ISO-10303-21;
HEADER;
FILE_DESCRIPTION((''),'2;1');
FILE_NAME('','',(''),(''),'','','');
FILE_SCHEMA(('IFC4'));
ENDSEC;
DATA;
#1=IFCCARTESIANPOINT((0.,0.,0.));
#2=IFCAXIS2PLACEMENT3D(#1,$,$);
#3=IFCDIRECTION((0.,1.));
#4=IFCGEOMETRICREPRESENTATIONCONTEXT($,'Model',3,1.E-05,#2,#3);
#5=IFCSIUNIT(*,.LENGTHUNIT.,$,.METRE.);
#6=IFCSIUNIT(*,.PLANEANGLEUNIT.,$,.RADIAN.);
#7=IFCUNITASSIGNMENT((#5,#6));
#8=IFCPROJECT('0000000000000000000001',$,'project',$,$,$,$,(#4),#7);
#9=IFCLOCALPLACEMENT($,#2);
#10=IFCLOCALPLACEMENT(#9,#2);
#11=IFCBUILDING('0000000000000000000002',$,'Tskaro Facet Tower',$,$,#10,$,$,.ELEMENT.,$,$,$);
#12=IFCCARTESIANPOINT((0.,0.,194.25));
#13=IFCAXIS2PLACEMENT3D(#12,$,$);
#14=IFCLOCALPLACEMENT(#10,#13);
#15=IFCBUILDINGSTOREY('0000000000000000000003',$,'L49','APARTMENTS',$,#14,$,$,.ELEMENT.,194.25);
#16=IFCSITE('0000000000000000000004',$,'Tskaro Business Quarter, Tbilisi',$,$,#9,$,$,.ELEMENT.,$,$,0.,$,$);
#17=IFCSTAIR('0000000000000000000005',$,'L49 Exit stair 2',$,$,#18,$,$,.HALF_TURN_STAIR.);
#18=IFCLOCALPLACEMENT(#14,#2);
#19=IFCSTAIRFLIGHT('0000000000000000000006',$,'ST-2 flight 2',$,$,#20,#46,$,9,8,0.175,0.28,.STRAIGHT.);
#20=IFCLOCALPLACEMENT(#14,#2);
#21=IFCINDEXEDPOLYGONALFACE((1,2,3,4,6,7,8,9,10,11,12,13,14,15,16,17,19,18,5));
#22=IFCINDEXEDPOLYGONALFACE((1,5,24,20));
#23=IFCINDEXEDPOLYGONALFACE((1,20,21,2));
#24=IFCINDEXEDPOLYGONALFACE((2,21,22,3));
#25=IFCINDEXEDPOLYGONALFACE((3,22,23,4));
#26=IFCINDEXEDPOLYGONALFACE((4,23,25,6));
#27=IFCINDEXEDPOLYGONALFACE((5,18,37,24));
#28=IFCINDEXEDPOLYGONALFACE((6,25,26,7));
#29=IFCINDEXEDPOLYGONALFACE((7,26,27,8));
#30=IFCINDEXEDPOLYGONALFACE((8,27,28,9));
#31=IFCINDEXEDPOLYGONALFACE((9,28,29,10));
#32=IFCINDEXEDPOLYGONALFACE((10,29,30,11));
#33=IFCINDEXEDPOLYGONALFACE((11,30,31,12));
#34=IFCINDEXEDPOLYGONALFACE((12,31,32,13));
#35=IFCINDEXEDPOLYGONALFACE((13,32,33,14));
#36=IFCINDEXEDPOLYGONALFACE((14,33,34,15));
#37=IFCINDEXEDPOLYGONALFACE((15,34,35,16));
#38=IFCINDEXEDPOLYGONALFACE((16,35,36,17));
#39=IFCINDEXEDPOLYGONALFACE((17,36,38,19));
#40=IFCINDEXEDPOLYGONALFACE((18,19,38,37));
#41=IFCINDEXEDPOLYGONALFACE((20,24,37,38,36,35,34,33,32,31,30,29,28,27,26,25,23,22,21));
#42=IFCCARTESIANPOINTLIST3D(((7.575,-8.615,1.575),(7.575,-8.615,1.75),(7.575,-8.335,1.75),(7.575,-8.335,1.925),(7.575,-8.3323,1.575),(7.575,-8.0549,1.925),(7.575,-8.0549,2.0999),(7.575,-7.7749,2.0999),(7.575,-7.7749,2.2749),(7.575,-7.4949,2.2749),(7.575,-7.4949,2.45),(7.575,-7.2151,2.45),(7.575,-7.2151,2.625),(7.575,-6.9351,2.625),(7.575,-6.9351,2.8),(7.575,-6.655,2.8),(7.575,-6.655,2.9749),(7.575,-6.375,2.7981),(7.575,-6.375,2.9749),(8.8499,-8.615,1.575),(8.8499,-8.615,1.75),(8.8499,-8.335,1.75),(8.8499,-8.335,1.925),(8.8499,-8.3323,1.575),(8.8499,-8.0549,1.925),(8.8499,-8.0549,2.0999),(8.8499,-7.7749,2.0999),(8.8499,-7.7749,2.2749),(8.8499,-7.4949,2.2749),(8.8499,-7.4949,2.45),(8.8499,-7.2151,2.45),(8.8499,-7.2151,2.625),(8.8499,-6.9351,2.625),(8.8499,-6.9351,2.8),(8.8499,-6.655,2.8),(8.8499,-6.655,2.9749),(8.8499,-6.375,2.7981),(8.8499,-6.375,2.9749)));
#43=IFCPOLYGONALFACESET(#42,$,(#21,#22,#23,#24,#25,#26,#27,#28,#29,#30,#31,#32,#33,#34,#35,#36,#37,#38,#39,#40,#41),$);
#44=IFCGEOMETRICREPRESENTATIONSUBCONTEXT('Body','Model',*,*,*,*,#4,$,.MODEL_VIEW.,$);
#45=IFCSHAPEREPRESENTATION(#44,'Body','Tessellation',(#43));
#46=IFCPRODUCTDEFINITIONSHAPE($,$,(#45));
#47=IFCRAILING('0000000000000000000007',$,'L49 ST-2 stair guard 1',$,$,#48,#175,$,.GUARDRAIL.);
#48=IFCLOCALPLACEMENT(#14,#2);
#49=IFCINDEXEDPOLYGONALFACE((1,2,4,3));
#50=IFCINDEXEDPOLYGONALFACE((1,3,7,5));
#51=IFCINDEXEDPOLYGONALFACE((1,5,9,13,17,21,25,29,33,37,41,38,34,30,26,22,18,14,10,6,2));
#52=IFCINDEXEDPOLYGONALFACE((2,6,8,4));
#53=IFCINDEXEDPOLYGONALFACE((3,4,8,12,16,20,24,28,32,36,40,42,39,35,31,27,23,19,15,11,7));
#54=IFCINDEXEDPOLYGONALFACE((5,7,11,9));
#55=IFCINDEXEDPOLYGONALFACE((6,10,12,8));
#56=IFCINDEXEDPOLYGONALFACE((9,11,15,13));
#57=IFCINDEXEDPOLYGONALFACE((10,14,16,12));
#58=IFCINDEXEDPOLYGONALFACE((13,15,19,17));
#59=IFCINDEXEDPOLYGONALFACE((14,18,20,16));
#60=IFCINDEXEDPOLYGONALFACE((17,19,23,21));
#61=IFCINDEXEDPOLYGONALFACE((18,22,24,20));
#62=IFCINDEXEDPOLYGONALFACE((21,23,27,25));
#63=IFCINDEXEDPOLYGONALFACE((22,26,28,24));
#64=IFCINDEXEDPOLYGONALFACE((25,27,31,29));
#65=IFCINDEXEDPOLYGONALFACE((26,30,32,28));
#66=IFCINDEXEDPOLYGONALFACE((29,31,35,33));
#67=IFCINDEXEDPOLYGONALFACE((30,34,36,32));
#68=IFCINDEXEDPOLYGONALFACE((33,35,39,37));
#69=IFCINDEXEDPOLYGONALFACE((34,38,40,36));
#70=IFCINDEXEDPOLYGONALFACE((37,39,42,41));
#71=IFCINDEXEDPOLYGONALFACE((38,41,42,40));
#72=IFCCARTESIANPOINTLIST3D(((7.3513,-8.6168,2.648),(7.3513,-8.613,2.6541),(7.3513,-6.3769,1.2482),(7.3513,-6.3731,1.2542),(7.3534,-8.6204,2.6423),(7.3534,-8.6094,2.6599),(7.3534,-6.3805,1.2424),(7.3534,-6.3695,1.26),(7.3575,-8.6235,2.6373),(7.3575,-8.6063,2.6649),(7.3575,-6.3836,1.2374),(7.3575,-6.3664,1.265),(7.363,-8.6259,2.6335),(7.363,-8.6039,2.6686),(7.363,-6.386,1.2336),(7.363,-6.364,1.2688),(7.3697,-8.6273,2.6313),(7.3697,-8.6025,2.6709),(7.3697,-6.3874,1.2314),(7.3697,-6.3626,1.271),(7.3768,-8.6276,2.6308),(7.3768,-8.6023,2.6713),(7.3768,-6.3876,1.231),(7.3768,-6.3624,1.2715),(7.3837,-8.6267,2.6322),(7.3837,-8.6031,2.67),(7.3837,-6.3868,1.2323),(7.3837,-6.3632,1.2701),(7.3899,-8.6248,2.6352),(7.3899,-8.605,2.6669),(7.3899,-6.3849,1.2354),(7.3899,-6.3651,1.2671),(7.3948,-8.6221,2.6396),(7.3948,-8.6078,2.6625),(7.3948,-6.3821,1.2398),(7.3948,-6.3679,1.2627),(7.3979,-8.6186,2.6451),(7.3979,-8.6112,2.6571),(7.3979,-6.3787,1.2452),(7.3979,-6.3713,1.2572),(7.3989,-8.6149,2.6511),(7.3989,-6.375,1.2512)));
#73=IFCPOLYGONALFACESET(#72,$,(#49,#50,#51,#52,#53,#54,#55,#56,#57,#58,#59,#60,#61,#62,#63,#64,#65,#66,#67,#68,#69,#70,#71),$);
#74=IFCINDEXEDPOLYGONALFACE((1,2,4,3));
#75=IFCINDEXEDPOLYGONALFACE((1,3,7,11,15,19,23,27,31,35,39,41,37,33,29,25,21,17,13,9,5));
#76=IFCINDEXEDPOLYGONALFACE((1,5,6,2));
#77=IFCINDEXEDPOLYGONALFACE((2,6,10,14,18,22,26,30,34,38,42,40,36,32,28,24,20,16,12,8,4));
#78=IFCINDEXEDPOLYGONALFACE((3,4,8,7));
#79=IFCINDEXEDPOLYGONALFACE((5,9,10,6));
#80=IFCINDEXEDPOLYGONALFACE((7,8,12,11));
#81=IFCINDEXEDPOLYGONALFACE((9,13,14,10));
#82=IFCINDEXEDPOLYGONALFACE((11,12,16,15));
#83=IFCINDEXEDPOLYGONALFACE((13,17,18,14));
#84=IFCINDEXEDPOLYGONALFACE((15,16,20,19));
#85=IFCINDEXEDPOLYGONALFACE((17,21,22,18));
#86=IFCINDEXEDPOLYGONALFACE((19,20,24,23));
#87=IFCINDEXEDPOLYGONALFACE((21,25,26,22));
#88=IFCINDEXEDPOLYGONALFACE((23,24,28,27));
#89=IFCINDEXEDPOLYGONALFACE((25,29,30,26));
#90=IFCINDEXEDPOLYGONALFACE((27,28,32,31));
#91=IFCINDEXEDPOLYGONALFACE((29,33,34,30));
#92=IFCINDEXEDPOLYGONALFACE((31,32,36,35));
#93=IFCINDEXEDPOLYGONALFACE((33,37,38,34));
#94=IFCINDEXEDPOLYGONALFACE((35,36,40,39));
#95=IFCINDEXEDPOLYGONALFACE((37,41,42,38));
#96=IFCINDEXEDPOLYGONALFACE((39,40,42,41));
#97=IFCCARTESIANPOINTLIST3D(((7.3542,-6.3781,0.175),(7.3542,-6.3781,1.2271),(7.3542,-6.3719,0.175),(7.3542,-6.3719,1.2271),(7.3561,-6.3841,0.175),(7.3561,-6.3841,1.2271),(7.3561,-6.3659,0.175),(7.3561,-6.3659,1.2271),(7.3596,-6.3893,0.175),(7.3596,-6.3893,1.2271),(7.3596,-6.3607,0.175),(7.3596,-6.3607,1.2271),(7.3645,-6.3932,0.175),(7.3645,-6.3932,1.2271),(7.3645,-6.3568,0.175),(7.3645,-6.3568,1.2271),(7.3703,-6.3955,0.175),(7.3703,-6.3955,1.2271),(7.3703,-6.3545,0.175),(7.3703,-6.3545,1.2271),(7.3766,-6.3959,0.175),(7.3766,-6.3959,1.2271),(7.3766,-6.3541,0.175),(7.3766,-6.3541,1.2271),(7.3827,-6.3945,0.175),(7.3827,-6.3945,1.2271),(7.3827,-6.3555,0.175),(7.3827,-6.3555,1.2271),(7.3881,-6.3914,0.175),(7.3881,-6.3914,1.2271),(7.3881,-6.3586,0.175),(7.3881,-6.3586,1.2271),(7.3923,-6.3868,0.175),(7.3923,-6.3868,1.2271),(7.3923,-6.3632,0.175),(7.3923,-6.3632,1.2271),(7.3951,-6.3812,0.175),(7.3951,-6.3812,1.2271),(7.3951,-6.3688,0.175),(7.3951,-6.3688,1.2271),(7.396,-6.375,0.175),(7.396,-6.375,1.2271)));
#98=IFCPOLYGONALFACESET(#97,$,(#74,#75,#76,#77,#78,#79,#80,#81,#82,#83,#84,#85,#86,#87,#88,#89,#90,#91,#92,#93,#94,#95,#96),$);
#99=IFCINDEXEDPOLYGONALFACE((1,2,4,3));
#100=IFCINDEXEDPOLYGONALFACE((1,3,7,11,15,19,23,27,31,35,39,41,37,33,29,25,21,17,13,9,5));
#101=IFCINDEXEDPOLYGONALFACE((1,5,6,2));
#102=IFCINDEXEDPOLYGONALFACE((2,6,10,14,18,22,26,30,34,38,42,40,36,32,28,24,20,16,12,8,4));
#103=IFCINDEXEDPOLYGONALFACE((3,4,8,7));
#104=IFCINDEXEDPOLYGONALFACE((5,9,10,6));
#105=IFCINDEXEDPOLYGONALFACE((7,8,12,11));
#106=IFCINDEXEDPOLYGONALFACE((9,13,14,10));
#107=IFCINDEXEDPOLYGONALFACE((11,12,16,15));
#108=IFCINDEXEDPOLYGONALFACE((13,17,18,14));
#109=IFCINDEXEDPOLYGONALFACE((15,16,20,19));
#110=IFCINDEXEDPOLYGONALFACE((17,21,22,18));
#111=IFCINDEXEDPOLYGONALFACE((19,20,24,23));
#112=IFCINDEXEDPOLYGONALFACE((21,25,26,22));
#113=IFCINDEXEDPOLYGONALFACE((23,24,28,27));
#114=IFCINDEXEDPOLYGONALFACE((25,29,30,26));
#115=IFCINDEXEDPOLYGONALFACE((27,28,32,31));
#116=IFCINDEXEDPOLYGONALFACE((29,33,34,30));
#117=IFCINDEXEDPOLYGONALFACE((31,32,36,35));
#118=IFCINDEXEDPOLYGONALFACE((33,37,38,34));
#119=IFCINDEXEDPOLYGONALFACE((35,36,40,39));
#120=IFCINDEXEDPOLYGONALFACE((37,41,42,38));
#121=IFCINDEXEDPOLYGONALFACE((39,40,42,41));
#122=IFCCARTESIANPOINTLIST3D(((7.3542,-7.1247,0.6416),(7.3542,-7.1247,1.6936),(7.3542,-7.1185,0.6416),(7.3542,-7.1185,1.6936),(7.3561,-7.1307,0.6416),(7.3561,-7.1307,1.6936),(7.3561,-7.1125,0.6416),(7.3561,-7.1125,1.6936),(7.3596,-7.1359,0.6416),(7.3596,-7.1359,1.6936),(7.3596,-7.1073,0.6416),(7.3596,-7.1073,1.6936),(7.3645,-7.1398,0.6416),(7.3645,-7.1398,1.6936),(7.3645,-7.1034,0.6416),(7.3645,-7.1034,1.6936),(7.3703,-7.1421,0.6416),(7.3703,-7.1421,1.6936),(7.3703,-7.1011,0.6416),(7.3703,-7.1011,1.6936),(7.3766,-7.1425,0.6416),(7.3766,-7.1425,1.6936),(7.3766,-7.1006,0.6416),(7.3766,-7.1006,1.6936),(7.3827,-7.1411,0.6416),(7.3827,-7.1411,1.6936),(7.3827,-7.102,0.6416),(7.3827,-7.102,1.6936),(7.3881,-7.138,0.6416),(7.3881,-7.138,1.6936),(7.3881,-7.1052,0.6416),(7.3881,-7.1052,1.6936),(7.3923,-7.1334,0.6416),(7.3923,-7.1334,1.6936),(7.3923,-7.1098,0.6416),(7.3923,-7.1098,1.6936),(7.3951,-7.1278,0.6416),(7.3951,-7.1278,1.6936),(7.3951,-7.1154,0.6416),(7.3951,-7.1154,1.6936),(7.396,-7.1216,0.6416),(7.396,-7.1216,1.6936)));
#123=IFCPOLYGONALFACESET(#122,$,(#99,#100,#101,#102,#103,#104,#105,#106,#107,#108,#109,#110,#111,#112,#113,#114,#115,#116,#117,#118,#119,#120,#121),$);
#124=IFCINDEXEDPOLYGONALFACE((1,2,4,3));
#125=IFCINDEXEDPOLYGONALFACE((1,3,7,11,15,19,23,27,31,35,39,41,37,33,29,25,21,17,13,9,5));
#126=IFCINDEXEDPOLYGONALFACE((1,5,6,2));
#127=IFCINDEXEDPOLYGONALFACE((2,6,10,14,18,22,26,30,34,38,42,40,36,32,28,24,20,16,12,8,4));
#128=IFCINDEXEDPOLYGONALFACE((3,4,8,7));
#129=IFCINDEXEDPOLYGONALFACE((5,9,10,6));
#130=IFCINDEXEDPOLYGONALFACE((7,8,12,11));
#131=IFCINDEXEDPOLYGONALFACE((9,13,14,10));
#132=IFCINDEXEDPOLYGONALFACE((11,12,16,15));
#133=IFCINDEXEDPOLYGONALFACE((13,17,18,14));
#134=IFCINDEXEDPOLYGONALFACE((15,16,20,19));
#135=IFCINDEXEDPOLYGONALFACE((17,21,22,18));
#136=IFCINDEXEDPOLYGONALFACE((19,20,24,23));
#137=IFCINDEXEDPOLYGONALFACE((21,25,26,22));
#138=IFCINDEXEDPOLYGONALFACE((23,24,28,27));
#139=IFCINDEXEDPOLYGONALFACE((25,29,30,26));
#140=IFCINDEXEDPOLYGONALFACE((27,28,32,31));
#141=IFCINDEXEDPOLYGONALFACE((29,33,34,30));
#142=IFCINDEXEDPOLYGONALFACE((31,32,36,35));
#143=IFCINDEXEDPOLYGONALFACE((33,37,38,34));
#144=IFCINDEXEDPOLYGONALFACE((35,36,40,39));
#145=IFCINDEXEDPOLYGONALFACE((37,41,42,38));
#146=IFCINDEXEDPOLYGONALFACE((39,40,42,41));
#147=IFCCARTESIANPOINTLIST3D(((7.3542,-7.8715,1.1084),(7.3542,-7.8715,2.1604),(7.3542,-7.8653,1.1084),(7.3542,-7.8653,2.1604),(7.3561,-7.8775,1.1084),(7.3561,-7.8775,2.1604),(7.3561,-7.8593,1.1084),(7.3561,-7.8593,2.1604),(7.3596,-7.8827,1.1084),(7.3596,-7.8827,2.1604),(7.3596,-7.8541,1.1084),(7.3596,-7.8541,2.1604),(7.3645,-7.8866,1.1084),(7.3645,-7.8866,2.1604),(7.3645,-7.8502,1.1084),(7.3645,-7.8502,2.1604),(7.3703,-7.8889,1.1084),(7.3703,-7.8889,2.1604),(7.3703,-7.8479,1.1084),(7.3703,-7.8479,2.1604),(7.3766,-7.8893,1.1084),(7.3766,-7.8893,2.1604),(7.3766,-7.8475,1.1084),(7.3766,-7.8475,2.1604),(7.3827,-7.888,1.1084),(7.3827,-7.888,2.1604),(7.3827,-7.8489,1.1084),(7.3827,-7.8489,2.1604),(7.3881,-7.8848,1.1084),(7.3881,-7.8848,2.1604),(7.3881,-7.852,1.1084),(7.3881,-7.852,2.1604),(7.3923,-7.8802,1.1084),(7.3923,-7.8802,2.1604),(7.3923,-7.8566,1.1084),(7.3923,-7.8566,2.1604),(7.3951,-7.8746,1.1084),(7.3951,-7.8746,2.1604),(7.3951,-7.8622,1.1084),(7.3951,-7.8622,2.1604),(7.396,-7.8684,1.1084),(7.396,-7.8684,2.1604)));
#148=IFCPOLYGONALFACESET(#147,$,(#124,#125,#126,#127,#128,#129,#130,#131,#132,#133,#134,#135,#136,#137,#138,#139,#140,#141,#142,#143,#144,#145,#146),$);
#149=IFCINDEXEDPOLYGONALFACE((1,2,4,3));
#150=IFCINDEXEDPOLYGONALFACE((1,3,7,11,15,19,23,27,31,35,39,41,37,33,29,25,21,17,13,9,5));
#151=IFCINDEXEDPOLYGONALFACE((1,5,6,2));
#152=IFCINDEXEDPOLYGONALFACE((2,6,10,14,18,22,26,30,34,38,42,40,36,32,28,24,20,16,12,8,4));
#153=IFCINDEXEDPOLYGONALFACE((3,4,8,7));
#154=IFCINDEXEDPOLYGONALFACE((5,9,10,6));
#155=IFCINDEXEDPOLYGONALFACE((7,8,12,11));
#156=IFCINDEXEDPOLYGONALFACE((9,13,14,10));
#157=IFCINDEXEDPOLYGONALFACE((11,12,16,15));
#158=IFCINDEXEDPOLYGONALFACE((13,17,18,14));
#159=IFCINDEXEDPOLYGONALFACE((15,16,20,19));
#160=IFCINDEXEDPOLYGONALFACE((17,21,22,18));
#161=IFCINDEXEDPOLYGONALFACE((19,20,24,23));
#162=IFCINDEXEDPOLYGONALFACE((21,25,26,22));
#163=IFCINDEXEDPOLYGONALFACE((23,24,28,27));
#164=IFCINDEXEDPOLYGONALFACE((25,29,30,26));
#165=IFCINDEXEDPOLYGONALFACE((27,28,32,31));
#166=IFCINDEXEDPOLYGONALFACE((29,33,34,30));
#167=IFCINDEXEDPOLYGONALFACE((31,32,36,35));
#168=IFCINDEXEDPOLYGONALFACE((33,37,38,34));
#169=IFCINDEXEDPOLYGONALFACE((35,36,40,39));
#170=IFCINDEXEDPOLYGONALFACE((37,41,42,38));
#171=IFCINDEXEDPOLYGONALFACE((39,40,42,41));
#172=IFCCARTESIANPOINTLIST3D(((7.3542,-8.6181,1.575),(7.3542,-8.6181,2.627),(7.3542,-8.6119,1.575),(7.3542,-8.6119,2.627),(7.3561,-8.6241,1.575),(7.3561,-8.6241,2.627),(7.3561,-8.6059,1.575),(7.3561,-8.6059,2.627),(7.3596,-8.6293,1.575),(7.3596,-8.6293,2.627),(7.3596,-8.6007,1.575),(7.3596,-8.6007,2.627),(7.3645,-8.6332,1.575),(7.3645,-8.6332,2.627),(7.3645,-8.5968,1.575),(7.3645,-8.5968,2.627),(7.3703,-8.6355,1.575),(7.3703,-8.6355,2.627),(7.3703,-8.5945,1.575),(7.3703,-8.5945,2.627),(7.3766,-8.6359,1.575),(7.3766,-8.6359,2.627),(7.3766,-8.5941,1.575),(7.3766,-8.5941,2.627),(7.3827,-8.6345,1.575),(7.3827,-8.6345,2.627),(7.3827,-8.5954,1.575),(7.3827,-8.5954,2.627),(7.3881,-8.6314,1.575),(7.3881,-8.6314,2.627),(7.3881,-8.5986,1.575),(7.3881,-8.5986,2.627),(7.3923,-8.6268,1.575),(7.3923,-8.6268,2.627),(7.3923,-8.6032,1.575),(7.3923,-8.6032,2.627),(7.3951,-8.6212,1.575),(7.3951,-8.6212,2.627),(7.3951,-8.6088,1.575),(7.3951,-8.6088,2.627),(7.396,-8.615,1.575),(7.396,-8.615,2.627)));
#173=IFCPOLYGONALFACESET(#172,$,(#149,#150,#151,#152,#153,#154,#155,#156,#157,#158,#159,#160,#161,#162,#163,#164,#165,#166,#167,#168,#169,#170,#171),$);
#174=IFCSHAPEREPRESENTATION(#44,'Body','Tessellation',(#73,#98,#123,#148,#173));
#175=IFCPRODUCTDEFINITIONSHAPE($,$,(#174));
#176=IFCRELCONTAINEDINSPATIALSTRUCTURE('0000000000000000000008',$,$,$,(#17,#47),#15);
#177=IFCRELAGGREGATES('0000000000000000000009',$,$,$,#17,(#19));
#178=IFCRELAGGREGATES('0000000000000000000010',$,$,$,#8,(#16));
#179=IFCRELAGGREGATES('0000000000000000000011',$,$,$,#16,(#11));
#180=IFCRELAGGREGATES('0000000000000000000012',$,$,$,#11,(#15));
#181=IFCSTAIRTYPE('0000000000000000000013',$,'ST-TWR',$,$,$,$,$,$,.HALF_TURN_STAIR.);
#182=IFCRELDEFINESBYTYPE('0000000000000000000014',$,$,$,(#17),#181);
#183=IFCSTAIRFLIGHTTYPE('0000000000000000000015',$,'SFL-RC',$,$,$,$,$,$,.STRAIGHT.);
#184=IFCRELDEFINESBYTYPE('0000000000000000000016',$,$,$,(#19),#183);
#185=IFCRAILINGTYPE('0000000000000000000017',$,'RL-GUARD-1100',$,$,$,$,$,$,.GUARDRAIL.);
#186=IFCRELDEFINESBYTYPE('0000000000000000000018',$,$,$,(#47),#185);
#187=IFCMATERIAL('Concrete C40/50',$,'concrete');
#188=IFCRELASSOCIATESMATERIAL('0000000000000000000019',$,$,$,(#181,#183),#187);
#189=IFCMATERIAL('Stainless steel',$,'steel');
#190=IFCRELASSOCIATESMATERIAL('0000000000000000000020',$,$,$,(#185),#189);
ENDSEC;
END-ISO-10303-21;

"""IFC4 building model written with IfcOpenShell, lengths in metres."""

from ifc_helpers import new_model, si_unit, direction, frame, origin, origin_2d, place, context, subcontext, project, spatial, polyline, circle, outline, extrude, material, type_object, element, aggregate, save


model = new_model("IFC4")

# Units and contexts
model_context = context("Model", 3, precision=1e-05, world=origin(), true_north=direction((0.0, 1.0)))
body_context = subcontext(model_context, "Body", "Model", "MODEL_VIEW")
ifc_project = project(units=[si_unit("LENGTHUNIT", "METRE"), si_unit("PLANEANGLEUNIT", "RADIAN")], contexts=[model_context])

# Site, building, storey
site_placement = place(None, origin())
site = spatial("IfcSite", under=ifc_project, at=site_placement, Name="Tskaro Business Quarter, Tbilisi", CompositionType="ELEMENT", RefElevation=0.0)
building_placement = place(site_placement, origin())
building = spatial("IfcBuilding", under=site, at=building_placement, Name="Tskaro Facet Tower", CompositionType="ELEMENT")
storey_placement = place(building_placement, frame((0.0, 0.0, 194.25)))
storey = spatial("IfcBuildingStorey", under=building, at=storey_placement, Name="L49", Description="APARTMENTS", CompositionType="ELEMENT", Elevation=194.25)

# Shared definitions
ifc_material_1 = material(Name="Stainless steel", Category="steel")

# Stair, stair flight
ifc_material_2 = material(Name="Concrete C40/50", Category="concrete")
stair_type = type_object("IfcStairType", Name="ST-TWR", PredefinedType="HALF_TURN_STAIR", material=ifc_material_2)
stair_placement = place(storey_placement, origin())
stair = element("IfcStair", 1, at=stair_placement, inside=storey, type_object=stair_type, Name="L49 Exit stair 2", PredefinedType="HALF_TURN_STAIR")
stair_flight_type = type_object("IfcStairFlightType", Name="SFL-RC", PredefinedType="STRAIGHT", material=ifc_material_2)
stair_flight_1_placement = place(storey_placement, frame((8.2124, -8.615, 1.575), z_axis=(0.0, 0.0, 1.0), x_axis=(0.0, 1.0, 0.0)))
stair_flight_1 = element("IfcStairFlight", 2, at=stair_flight_1_placement, type_object=stair_flight_type, Name="ST-2 flight 2", NumberOfRisers=9, NumberOfTreads=8, PredefinedType="STRAIGHT", RiserHeight=0.175, TreadLength=0.28, context=body_context, shape_type="SweptSolid", body=[
    extrude(outline(polyline([(0.0, 0.0), (0.0, 0.175), (0.28, 0.175), (0.28, 0.3501), (0.5601, 0.3501), (0.5601, 0.5249), (0.8401, 0.5249), (0.8401, 0.7), (1.1201, 0.7), (1.1201, 0.875), (1.3999, 0.875), (1.3999, 1.05), (1.6799, 1.05), (1.6799, 1.2251), (1.96, 1.2251), (1.96, 1.3999), (2.24, 1.3999), (2.24, 1.575), (2.24, 1.2231), (0.2827, 0.0), (0.0, 0.0)])), frame((0.0, 0.6375, 0.0), z_axis=(0.0, -1.0, 0.0), x_axis=(1.0, 0.0, 0.0)), (0.0, 0.0, 1.0), 1.2749),
])
aggregate(stair, [stair_flight_1])

# Railing
railing_type_1 = type_object("IfcRailingType", Name="RL-GUARD-1100", PredefinedType="GUARDRAIL", material=ifc_material_1)
railing_1_placement = place(storey_placement, frame((7.375, -6.375, 0.175)))
element("IfcRailing", 3, at=railing_1_placement, inside=storey, type_object=railing_type_1, Name="L49 ST-2 stair guard 1", PredefinedType="GUARDRAIL", context=body_context, shape_type="SweptSolid", body=[
    extrude(circle(Radius=0.0239, at=origin_2d()), frame((0.0, 0.0, 1.0762), z_axis=(0.0, -0.848014, 0.529974), x_axis=(1.0, 0.0, 0.0)), (0.0, 0.0, 1.0), 2.6414),
    extrude(circle(Radius=0.021, at=origin_2d()), origin(), (0.0, 0.0, 1.0), 1.052),
    extrude(circle(Radius=0.021, at=origin_2d()), frame((0.0, -0.7466, 0.4666)), (0.0, 0.0, 1.0), 1.052),
    extrude(circle(Radius=0.021, at=origin_2d()), frame((0.0, -1.4934, 0.9333)), (0.0, 0.0, 1.0), 1.052),
    extrude(circle(Radius=0.021, at=origin_2d()), frame((0.0, -2.24, 1.3999)), (0.0, 0.0, 1.0), 1.052),
])

save(model, "model.ifc")
